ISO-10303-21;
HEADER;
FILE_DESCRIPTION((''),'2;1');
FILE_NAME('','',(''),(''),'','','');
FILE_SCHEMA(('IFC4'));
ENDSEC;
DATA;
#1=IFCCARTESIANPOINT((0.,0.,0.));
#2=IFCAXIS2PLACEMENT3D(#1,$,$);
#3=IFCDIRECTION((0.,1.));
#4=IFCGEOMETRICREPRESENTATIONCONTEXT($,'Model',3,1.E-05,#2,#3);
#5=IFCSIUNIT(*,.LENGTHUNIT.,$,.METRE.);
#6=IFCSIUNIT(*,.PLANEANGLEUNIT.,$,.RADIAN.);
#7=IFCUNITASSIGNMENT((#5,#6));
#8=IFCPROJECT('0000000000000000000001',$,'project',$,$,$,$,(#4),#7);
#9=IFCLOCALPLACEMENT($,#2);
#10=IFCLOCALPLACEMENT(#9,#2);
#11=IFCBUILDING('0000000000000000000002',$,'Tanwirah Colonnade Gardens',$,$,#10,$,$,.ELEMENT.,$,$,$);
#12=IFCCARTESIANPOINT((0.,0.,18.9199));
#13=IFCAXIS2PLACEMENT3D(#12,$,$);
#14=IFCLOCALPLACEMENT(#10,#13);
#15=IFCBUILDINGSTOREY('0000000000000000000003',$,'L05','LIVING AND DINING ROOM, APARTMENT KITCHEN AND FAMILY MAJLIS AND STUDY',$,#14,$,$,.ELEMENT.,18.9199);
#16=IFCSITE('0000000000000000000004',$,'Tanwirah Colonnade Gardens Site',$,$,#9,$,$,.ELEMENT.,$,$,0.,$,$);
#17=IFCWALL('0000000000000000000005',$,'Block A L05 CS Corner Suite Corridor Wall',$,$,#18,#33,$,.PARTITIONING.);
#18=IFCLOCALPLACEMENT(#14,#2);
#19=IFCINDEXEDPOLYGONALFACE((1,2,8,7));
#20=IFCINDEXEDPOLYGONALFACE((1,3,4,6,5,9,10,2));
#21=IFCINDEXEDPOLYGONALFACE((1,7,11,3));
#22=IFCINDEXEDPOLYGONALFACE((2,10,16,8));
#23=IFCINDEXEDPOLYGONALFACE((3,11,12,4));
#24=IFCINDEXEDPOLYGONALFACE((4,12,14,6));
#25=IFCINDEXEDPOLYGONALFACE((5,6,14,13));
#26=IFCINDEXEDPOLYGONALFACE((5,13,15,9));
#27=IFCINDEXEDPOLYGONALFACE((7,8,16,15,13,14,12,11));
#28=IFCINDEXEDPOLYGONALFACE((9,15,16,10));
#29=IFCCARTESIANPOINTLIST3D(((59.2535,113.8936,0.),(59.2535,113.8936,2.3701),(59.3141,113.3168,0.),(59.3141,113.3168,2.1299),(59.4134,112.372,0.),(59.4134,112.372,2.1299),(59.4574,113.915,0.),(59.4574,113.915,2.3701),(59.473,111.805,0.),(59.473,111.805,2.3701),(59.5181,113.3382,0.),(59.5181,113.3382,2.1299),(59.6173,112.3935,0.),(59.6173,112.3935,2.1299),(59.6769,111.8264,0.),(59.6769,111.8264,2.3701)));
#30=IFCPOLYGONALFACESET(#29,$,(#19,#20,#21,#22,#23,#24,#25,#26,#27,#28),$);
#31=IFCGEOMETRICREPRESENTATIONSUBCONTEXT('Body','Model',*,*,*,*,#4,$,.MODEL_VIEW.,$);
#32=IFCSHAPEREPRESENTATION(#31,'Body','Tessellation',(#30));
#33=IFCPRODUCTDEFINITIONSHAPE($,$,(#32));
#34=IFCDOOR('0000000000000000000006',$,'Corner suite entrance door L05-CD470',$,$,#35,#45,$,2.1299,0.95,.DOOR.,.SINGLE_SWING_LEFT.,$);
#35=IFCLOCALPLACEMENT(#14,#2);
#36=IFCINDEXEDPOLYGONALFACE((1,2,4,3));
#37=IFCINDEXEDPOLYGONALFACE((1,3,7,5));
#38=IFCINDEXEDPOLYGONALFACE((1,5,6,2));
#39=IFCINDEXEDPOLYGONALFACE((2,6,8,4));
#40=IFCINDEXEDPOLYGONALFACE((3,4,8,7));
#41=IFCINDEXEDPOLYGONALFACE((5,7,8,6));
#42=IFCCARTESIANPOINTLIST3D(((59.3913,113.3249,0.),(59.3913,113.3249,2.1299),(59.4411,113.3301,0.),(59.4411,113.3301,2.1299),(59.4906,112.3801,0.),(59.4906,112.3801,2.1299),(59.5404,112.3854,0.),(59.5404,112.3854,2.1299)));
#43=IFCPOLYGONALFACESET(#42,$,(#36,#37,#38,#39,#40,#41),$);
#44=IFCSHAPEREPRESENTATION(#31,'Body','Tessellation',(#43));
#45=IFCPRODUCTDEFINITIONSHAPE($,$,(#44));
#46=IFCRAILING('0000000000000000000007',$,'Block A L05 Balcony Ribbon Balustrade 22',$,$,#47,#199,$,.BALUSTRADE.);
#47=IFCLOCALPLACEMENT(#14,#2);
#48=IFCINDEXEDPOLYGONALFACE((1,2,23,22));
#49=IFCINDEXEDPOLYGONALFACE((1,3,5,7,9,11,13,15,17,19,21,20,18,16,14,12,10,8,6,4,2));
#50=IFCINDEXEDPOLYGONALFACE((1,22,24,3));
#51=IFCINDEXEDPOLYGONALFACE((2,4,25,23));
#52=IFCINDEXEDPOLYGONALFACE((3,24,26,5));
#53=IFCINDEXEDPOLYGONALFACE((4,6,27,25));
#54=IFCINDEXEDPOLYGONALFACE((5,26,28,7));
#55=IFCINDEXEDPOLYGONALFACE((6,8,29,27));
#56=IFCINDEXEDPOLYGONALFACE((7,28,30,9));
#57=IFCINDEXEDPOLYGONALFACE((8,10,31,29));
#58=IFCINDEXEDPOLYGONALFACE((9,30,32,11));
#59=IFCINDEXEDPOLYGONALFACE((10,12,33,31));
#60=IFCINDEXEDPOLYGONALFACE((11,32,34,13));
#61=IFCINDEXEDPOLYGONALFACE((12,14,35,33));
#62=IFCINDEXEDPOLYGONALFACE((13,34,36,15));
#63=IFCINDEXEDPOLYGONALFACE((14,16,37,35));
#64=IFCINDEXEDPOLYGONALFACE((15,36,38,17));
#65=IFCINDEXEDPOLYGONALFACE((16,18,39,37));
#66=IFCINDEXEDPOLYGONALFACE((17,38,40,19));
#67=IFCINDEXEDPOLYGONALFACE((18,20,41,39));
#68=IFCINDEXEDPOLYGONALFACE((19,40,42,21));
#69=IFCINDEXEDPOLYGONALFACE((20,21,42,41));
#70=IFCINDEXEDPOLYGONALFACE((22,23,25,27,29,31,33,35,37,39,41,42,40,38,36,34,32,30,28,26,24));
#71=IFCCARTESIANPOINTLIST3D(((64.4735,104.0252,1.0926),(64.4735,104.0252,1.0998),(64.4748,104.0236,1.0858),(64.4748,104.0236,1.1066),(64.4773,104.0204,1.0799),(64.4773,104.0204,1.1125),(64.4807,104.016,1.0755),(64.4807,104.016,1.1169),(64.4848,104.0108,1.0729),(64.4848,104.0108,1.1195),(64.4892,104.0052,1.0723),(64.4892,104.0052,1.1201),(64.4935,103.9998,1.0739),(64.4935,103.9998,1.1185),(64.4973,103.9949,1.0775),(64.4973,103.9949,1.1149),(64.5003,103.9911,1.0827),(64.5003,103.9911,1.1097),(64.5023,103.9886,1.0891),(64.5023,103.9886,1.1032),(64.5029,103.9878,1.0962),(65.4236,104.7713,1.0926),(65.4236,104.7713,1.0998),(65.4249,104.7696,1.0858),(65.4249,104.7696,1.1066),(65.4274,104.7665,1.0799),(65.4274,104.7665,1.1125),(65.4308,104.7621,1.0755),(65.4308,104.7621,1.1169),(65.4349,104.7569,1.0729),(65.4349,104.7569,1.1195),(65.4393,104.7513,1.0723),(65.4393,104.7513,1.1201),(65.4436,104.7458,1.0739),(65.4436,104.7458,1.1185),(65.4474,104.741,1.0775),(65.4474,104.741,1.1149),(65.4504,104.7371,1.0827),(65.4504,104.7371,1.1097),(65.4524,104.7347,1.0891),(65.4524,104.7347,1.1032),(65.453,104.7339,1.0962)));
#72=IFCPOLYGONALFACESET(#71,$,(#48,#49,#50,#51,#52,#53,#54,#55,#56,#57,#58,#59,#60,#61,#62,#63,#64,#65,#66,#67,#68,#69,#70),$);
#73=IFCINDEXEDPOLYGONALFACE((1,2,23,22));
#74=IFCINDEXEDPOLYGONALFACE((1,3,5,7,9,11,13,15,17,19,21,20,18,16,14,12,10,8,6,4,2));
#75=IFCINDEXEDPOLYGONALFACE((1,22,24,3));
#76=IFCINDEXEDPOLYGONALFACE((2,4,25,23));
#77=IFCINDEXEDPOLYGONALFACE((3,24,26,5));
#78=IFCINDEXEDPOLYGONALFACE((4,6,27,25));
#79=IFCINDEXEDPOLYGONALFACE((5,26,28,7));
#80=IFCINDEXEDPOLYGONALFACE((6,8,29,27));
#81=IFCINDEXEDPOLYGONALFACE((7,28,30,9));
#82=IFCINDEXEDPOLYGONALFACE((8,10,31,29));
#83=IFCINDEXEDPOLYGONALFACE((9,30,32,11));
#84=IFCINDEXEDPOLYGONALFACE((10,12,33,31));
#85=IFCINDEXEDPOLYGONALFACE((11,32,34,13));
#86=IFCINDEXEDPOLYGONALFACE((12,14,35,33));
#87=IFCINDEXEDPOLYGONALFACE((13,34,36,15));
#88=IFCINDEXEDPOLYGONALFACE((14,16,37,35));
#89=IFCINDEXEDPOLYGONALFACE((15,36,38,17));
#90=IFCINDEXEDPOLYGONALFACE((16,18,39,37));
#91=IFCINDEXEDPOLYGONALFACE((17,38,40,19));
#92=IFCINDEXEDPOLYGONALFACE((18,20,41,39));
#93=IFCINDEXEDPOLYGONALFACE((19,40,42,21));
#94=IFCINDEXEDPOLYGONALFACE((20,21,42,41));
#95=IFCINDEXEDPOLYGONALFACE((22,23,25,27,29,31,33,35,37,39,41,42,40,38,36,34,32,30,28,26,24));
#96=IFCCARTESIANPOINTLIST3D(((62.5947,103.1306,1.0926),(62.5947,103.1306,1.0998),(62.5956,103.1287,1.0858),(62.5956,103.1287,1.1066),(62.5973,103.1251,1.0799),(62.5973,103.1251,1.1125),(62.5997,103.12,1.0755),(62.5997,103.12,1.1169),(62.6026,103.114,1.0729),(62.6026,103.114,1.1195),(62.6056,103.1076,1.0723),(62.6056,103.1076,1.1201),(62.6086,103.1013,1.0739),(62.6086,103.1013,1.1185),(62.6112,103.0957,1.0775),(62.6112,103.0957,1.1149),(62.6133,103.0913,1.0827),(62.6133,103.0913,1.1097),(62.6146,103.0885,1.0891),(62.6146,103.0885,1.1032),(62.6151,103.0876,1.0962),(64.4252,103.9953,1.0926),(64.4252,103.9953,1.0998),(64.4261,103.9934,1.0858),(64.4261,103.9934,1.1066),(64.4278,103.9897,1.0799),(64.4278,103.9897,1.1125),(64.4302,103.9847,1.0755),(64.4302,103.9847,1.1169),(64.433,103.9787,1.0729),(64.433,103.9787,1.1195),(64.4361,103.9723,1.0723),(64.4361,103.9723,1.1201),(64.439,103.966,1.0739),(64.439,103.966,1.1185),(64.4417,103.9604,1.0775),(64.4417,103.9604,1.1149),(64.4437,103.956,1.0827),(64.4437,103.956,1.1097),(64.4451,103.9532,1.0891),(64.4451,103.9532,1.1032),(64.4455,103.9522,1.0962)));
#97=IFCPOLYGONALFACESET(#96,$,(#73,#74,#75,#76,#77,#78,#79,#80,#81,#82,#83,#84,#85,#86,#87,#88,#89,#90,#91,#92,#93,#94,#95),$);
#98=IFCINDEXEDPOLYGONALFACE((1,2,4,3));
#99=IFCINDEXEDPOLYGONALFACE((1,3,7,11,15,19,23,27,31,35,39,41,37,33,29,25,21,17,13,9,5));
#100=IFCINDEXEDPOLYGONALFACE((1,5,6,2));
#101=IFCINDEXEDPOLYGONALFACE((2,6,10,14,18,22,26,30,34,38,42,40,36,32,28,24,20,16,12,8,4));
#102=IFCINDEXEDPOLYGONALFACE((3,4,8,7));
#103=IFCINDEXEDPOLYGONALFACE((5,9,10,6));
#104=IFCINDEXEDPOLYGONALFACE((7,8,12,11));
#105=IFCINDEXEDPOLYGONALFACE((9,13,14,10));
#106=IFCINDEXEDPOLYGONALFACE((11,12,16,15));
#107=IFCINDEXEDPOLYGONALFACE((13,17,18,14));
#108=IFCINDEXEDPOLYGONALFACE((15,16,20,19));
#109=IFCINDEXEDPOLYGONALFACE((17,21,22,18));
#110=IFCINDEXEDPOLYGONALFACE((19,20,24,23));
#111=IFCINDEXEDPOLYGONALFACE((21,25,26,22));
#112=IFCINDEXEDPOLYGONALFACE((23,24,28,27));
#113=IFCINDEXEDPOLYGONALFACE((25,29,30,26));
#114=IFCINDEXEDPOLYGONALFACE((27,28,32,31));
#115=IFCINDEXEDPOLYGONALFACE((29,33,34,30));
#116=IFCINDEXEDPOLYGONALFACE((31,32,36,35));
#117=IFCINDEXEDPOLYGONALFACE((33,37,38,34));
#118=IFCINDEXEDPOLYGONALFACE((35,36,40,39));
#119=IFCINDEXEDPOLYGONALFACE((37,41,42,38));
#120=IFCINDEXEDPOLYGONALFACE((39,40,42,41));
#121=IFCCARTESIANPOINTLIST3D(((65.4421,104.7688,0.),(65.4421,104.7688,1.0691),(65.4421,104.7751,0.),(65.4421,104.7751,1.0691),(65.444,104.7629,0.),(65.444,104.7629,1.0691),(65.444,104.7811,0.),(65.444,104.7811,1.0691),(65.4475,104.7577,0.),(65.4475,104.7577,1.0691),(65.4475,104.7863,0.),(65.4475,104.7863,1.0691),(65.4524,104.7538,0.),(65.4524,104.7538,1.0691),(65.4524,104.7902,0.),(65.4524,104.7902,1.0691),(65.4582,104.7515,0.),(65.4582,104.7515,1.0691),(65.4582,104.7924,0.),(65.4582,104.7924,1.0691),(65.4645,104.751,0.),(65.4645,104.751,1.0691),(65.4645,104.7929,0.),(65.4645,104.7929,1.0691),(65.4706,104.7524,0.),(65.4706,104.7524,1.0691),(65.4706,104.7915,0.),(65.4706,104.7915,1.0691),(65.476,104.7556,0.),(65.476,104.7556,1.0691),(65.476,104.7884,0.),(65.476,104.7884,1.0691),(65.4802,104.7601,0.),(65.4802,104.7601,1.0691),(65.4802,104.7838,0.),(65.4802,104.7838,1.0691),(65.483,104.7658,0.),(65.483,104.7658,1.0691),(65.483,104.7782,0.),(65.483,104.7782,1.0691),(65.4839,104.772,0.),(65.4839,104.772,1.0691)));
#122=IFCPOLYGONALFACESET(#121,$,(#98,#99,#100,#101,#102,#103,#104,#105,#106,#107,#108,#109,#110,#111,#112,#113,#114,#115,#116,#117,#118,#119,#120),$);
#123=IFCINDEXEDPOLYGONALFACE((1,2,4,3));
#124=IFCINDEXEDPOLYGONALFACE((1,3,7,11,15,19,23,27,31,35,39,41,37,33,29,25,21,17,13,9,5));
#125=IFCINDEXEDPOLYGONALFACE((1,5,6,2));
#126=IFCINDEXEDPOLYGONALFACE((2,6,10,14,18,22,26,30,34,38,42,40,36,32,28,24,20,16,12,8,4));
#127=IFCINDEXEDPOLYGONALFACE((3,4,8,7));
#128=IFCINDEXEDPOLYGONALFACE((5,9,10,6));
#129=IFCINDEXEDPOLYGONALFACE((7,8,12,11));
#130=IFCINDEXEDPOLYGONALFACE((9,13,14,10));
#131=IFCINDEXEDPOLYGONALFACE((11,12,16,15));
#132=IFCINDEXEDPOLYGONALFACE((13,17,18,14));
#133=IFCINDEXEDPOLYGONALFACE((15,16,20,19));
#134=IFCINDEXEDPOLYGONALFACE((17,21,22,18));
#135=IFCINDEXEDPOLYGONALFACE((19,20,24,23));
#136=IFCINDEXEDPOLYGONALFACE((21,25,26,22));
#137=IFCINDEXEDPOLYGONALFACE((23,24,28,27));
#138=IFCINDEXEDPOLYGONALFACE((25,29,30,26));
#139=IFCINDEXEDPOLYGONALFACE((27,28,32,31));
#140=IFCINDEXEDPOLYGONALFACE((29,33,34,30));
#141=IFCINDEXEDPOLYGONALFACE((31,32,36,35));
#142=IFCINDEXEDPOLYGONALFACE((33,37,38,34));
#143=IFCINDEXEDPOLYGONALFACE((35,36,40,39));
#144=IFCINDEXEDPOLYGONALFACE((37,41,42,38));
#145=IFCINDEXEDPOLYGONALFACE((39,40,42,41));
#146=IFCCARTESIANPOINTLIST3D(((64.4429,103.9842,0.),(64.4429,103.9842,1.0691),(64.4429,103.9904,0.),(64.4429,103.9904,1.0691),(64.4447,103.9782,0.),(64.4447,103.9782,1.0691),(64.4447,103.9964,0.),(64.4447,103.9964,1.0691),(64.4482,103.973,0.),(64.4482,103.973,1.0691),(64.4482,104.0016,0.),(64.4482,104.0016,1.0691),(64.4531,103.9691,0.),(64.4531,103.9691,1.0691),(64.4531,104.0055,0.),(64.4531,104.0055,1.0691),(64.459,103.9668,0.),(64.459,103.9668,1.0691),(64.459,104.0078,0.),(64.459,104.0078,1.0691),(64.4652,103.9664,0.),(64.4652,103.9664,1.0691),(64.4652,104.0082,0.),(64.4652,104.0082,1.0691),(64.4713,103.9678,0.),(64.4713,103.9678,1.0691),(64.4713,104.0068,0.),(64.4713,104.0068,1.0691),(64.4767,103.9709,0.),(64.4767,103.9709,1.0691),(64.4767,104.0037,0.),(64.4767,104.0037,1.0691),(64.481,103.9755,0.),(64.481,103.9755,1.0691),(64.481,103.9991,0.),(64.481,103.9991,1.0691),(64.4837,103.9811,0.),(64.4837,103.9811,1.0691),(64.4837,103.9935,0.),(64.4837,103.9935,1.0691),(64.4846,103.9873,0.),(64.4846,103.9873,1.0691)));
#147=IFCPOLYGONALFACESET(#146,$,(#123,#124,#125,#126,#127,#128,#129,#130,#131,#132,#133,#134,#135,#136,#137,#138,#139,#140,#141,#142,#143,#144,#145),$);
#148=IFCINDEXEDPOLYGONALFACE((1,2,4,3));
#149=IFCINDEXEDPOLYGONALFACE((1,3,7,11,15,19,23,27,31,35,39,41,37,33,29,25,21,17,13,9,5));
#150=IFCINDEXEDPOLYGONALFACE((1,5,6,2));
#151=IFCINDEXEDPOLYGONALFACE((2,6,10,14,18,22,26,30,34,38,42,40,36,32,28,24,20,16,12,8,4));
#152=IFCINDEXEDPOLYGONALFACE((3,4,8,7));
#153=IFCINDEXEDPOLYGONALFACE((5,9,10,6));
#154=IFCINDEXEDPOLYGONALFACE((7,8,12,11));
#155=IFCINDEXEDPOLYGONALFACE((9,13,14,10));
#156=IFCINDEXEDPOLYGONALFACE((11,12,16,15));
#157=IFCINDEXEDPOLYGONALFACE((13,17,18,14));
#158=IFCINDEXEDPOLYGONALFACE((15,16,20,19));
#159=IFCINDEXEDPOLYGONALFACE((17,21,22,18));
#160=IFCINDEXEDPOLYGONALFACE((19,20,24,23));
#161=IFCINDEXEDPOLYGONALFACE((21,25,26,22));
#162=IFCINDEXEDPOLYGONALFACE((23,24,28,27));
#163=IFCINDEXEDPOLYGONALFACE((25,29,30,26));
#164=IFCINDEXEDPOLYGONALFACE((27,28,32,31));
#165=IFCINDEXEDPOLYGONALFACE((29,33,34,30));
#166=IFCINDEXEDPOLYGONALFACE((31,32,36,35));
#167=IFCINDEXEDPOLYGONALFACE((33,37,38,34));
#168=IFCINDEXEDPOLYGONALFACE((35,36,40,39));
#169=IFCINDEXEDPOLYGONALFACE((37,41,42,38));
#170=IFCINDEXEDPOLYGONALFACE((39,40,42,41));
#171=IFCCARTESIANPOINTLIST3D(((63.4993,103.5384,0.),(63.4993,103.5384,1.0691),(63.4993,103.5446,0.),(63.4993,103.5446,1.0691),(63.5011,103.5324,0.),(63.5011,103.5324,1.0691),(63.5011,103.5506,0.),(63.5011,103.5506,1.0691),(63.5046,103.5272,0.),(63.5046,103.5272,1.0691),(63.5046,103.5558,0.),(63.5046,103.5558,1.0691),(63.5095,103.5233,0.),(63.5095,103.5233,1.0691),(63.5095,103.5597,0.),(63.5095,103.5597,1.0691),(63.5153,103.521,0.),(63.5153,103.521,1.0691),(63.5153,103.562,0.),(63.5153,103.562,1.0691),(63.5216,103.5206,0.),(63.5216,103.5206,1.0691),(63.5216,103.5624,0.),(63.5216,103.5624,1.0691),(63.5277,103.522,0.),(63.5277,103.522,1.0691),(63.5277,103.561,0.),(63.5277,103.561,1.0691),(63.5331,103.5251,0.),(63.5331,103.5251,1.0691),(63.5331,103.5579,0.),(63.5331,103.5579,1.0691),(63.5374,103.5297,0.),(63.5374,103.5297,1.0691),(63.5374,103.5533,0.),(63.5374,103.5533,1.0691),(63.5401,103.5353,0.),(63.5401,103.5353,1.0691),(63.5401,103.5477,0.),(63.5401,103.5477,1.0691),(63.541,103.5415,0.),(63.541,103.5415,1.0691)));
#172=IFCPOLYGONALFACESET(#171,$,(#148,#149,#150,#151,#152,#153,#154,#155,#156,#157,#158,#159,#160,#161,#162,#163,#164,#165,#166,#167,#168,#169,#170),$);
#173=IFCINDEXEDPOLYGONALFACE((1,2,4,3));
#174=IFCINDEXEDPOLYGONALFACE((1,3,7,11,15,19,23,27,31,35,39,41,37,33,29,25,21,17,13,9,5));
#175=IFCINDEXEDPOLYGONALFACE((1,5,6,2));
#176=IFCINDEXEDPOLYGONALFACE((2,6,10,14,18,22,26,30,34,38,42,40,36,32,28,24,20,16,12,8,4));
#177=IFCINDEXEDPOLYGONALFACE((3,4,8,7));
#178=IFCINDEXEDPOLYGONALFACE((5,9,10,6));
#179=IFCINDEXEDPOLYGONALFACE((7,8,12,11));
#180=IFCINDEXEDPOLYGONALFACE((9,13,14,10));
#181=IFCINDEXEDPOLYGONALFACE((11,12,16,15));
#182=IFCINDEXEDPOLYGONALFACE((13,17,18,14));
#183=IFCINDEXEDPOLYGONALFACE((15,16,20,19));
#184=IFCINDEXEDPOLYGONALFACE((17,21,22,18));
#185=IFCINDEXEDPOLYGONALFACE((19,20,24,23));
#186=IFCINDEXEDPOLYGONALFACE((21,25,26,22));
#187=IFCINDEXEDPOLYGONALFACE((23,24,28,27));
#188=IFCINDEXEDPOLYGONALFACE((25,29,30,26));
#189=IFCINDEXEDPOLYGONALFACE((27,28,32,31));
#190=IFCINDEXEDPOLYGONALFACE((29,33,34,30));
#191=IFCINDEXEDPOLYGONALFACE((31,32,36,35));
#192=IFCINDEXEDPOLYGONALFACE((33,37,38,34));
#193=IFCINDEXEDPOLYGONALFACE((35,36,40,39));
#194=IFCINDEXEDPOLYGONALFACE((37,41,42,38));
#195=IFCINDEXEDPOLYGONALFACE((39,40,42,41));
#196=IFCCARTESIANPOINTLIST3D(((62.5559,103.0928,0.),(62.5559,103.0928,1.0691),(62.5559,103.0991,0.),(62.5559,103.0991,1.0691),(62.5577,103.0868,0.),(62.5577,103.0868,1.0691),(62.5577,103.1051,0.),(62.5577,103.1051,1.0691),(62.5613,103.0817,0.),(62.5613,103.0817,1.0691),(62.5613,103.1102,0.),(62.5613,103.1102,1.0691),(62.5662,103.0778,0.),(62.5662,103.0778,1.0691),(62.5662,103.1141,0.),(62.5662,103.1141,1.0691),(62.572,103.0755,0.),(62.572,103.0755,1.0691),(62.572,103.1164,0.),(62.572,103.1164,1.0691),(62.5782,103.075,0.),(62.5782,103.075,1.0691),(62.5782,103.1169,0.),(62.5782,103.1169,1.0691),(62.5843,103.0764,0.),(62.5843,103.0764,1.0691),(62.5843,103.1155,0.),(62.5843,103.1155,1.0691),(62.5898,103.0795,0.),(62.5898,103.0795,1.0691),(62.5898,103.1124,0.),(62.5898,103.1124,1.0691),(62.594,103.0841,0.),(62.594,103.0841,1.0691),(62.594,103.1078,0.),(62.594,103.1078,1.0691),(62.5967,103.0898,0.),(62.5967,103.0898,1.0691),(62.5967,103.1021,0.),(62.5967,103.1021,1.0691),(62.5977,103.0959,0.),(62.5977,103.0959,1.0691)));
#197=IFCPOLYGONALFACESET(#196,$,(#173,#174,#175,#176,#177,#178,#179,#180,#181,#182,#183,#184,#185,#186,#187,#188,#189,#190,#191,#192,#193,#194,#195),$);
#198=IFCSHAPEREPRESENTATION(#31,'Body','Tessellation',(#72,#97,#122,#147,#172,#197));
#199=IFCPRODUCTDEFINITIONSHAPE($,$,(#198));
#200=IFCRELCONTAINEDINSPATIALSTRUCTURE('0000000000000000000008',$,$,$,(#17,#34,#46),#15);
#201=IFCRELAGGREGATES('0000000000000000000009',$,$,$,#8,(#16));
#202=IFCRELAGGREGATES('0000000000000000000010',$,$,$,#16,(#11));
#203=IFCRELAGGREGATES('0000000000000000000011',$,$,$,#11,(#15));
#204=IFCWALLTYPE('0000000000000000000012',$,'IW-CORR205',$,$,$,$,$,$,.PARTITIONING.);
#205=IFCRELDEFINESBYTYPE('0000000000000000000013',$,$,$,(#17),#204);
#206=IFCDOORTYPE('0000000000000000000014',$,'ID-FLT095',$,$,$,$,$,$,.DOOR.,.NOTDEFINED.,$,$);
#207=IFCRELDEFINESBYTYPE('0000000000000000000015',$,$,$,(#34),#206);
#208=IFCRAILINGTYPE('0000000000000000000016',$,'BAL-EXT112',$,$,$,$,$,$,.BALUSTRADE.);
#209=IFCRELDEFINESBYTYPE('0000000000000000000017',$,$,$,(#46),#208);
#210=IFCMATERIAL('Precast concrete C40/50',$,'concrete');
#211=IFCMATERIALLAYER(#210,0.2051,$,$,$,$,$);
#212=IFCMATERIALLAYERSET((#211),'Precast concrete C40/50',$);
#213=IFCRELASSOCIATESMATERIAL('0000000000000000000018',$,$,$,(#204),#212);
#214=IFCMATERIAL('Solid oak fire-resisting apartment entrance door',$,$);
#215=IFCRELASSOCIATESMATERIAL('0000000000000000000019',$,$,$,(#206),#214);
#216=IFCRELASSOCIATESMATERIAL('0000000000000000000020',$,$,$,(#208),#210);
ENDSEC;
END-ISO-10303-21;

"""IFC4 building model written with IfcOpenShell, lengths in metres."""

from ifc_helpers import new_model, si_unit, direction, frame, frame_2d, origin, origin_2d, place, context, subcontext, project, spatial, rectangle, circle, extrude, material, layer, layer_set, type_object, element, fill, save


model = new_model("IFC4")

# Units and contexts
model_context = context("Model", 3, precision=1e-05, world=origin(), true_north=direction((0.0, 1.0)))
body_context = subcontext(model_context, "Body", "Model", "MODEL_VIEW")
ifc_project = project(units=[si_unit("LENGTHUNIT", "METRE"), si_unit("PLANEANGLEUNIT", "RADIAN")], contexts=[model_context])

# Site, building, storey
site_placement = place(None, origin())
site = spatial("IfcSite", under=ifc_project, at=site_placement, Name="Tanwirah Colonnade Gardens Site", CompositionType="ELEMENT", RefElevation=0.0)
building_placement = place(site_placement, origin())
building = spatial("IfcBuilding", under=site, at=building_placement, Name="Tanwirah Colonnade Gardens", CompositionType="ELEMENT")
storey_placement = place(building_placement, frame((0.0, 0.0, 18.9199)))
storey = spatial("IfcBuildingStorey", under=building, at=storey_placement, Name="L05", Description="LIVING AND DINING ROOM, APARTMENT KITCHEN AND FAMILY MAJLIS AND STUDY", CompositionType="ELEMENT", Elevation=18.9199)

# Shared definitions
ifc_material_1 = material(Name="Precast concrete C40/50", Category="concrete")

# Wall, opening, door
ifc_layer_1 = layer(ifc_material_1, 0.2051)
ifc_layer_set_1 = layer_set([ifc_layer_1], Name="Precast concrete C40/50")
wall_type_1 = type_object("IfcWallType", Name="IW-CORR205", PredefinedType="PARTITIONING", material=ifc_layer_set_1)
ifc_material_2 = material(Name="Solid oak fire-resisting apartment entrance door")
wall_1_placement = place(storey_placement, frame((59.575, 111.8157, 0.0), z_axis=(0.0, 0.0, 1.0), x_axis=(-0.104509, 0.994524, 0.0)))
wall_1 = element("IfcWall", 1, at=wall_1_placement, inside=storey, type_object=wall_type_1, Name="Block A L05 CS Corner Suite Corridor Wall", PredefinedType="PARTITIONING", context=body_context, shape_type="SweptSolid", body=[
    extrude(rectangle(XDim=2.1001, YDim=0.2051, at=frame_2d((1.05, 0.0))), origin(), (0.0, 0.0, 1.0), 2.3701),
])
opening_1_placement = place(wall_1_placement, frame((0.5701, 0.0, 0.0)))
opening_1 = element("IfcOpeningElement", 2, at=opening_1_placement, cuts=wall_1, PredefinedType="OPENING", context=body_context, shape_type="SweptSolid", body=[
    extrude(rectangle(XDim=0.95, YDim=2.1299, at=frame_2d((0.4751, 1.0649))), frame((0.0, 0.1125, 0.0), z_axis=(0.0, -1.0, 0.0), x_axis=(1.0, 0.0, 0.0)), (0.0, 0.0, 1.0), 0.2251),
])
door_type_1 = type_object("IfcDoorType", Name="ID-FLT095", OperationType="NOTDEFINED", PredefinedType="DOOR", material=ifc_material_2)
door_1_placement = place(opening_1_placement, origin())
door_1 = element("IfcDoor", 3, at=door_1_placement, inside=storey, type_object=door_type_1, Name="Corner suite entrance door L05-CD470", OperationType="SINGLE_SWING_LEFT", OverallHeight=2.1299, OverallWidth=0.95, PredefinedType="DOOR", context=body_context, shape_type="SweptSolid", body=[
    extrude(rectangle(XDim=0.95, YDim=2.1299, at=frame_2d((0.4751, 1.0649))), frame((0.0, 0.0249, 0.0), z_axis=(0.0, -1.0, 0.0), x_axis=(1.0, 0.0, 0.0)), (0.0, 0.0, 1.0), 0.05),
])
fill(opening_1, door_1)

# Railing
railing_type = type_object("IfcRailingType", Name="BAL-EXT112", PredefinedType="BALUSTRADE", material=ifc_material_1)
railing_1_placement = place(storey_placement, frame((65.4629, 104.772, 0.0)))
element("IfcRailing", 4, at=railing_1_placement, inside=storey, type_object=railing_type, Name="Block A L05 Balcony Ribbon Balustrade 22", PredefinedType="BALUSTRADE", context=body_context, shape_type="SweptSolid", body=[
    extrude(circle(Radius=0.0239, at=origin_2d()), frame((-0.0247, -0.0193, 1.0962), z_axis=(-0.786498, -0.617592, 0.0), x_axis=(0.617592, -0.786498, 0.0)), (0.0, 0.0, 1.0), 1.208),
    extrude(circle(Radius=0.0239, at=origin_2d()), frame((-1.0276, -0.7981, 1.0962), z_axis=(-0.904195, -0.427121, 0.0), x_axis=(0.427121, -0.904195, 0.0)), (0.0, 0.0, 1.0), 2.0244),
    extrude(circle(Radius=0.021, at=origin_2d()), origin(), (0.0, 0.0, 1.0), 1.0691),
    extrude(circle(Radius=0.021, at=origin_2d()), frame((-0.9993, -0.7847, 0.0)), (0.0, 0.0, 1.0), 1.0691),
    extrude(circle(Radius=0.021, at=origin_2d()), frame((-1.9429, -1.2305, 0.0)), (0.0, 0.0, 1.0), 1.0691),
    extrude(circle(Radius=0.021, at=origin_2d()), frame((-2.8862, -1.676, 0.0)), (0.0, 0.0, 1.0), 1.0691),
])

save(model, "model.ifc")
